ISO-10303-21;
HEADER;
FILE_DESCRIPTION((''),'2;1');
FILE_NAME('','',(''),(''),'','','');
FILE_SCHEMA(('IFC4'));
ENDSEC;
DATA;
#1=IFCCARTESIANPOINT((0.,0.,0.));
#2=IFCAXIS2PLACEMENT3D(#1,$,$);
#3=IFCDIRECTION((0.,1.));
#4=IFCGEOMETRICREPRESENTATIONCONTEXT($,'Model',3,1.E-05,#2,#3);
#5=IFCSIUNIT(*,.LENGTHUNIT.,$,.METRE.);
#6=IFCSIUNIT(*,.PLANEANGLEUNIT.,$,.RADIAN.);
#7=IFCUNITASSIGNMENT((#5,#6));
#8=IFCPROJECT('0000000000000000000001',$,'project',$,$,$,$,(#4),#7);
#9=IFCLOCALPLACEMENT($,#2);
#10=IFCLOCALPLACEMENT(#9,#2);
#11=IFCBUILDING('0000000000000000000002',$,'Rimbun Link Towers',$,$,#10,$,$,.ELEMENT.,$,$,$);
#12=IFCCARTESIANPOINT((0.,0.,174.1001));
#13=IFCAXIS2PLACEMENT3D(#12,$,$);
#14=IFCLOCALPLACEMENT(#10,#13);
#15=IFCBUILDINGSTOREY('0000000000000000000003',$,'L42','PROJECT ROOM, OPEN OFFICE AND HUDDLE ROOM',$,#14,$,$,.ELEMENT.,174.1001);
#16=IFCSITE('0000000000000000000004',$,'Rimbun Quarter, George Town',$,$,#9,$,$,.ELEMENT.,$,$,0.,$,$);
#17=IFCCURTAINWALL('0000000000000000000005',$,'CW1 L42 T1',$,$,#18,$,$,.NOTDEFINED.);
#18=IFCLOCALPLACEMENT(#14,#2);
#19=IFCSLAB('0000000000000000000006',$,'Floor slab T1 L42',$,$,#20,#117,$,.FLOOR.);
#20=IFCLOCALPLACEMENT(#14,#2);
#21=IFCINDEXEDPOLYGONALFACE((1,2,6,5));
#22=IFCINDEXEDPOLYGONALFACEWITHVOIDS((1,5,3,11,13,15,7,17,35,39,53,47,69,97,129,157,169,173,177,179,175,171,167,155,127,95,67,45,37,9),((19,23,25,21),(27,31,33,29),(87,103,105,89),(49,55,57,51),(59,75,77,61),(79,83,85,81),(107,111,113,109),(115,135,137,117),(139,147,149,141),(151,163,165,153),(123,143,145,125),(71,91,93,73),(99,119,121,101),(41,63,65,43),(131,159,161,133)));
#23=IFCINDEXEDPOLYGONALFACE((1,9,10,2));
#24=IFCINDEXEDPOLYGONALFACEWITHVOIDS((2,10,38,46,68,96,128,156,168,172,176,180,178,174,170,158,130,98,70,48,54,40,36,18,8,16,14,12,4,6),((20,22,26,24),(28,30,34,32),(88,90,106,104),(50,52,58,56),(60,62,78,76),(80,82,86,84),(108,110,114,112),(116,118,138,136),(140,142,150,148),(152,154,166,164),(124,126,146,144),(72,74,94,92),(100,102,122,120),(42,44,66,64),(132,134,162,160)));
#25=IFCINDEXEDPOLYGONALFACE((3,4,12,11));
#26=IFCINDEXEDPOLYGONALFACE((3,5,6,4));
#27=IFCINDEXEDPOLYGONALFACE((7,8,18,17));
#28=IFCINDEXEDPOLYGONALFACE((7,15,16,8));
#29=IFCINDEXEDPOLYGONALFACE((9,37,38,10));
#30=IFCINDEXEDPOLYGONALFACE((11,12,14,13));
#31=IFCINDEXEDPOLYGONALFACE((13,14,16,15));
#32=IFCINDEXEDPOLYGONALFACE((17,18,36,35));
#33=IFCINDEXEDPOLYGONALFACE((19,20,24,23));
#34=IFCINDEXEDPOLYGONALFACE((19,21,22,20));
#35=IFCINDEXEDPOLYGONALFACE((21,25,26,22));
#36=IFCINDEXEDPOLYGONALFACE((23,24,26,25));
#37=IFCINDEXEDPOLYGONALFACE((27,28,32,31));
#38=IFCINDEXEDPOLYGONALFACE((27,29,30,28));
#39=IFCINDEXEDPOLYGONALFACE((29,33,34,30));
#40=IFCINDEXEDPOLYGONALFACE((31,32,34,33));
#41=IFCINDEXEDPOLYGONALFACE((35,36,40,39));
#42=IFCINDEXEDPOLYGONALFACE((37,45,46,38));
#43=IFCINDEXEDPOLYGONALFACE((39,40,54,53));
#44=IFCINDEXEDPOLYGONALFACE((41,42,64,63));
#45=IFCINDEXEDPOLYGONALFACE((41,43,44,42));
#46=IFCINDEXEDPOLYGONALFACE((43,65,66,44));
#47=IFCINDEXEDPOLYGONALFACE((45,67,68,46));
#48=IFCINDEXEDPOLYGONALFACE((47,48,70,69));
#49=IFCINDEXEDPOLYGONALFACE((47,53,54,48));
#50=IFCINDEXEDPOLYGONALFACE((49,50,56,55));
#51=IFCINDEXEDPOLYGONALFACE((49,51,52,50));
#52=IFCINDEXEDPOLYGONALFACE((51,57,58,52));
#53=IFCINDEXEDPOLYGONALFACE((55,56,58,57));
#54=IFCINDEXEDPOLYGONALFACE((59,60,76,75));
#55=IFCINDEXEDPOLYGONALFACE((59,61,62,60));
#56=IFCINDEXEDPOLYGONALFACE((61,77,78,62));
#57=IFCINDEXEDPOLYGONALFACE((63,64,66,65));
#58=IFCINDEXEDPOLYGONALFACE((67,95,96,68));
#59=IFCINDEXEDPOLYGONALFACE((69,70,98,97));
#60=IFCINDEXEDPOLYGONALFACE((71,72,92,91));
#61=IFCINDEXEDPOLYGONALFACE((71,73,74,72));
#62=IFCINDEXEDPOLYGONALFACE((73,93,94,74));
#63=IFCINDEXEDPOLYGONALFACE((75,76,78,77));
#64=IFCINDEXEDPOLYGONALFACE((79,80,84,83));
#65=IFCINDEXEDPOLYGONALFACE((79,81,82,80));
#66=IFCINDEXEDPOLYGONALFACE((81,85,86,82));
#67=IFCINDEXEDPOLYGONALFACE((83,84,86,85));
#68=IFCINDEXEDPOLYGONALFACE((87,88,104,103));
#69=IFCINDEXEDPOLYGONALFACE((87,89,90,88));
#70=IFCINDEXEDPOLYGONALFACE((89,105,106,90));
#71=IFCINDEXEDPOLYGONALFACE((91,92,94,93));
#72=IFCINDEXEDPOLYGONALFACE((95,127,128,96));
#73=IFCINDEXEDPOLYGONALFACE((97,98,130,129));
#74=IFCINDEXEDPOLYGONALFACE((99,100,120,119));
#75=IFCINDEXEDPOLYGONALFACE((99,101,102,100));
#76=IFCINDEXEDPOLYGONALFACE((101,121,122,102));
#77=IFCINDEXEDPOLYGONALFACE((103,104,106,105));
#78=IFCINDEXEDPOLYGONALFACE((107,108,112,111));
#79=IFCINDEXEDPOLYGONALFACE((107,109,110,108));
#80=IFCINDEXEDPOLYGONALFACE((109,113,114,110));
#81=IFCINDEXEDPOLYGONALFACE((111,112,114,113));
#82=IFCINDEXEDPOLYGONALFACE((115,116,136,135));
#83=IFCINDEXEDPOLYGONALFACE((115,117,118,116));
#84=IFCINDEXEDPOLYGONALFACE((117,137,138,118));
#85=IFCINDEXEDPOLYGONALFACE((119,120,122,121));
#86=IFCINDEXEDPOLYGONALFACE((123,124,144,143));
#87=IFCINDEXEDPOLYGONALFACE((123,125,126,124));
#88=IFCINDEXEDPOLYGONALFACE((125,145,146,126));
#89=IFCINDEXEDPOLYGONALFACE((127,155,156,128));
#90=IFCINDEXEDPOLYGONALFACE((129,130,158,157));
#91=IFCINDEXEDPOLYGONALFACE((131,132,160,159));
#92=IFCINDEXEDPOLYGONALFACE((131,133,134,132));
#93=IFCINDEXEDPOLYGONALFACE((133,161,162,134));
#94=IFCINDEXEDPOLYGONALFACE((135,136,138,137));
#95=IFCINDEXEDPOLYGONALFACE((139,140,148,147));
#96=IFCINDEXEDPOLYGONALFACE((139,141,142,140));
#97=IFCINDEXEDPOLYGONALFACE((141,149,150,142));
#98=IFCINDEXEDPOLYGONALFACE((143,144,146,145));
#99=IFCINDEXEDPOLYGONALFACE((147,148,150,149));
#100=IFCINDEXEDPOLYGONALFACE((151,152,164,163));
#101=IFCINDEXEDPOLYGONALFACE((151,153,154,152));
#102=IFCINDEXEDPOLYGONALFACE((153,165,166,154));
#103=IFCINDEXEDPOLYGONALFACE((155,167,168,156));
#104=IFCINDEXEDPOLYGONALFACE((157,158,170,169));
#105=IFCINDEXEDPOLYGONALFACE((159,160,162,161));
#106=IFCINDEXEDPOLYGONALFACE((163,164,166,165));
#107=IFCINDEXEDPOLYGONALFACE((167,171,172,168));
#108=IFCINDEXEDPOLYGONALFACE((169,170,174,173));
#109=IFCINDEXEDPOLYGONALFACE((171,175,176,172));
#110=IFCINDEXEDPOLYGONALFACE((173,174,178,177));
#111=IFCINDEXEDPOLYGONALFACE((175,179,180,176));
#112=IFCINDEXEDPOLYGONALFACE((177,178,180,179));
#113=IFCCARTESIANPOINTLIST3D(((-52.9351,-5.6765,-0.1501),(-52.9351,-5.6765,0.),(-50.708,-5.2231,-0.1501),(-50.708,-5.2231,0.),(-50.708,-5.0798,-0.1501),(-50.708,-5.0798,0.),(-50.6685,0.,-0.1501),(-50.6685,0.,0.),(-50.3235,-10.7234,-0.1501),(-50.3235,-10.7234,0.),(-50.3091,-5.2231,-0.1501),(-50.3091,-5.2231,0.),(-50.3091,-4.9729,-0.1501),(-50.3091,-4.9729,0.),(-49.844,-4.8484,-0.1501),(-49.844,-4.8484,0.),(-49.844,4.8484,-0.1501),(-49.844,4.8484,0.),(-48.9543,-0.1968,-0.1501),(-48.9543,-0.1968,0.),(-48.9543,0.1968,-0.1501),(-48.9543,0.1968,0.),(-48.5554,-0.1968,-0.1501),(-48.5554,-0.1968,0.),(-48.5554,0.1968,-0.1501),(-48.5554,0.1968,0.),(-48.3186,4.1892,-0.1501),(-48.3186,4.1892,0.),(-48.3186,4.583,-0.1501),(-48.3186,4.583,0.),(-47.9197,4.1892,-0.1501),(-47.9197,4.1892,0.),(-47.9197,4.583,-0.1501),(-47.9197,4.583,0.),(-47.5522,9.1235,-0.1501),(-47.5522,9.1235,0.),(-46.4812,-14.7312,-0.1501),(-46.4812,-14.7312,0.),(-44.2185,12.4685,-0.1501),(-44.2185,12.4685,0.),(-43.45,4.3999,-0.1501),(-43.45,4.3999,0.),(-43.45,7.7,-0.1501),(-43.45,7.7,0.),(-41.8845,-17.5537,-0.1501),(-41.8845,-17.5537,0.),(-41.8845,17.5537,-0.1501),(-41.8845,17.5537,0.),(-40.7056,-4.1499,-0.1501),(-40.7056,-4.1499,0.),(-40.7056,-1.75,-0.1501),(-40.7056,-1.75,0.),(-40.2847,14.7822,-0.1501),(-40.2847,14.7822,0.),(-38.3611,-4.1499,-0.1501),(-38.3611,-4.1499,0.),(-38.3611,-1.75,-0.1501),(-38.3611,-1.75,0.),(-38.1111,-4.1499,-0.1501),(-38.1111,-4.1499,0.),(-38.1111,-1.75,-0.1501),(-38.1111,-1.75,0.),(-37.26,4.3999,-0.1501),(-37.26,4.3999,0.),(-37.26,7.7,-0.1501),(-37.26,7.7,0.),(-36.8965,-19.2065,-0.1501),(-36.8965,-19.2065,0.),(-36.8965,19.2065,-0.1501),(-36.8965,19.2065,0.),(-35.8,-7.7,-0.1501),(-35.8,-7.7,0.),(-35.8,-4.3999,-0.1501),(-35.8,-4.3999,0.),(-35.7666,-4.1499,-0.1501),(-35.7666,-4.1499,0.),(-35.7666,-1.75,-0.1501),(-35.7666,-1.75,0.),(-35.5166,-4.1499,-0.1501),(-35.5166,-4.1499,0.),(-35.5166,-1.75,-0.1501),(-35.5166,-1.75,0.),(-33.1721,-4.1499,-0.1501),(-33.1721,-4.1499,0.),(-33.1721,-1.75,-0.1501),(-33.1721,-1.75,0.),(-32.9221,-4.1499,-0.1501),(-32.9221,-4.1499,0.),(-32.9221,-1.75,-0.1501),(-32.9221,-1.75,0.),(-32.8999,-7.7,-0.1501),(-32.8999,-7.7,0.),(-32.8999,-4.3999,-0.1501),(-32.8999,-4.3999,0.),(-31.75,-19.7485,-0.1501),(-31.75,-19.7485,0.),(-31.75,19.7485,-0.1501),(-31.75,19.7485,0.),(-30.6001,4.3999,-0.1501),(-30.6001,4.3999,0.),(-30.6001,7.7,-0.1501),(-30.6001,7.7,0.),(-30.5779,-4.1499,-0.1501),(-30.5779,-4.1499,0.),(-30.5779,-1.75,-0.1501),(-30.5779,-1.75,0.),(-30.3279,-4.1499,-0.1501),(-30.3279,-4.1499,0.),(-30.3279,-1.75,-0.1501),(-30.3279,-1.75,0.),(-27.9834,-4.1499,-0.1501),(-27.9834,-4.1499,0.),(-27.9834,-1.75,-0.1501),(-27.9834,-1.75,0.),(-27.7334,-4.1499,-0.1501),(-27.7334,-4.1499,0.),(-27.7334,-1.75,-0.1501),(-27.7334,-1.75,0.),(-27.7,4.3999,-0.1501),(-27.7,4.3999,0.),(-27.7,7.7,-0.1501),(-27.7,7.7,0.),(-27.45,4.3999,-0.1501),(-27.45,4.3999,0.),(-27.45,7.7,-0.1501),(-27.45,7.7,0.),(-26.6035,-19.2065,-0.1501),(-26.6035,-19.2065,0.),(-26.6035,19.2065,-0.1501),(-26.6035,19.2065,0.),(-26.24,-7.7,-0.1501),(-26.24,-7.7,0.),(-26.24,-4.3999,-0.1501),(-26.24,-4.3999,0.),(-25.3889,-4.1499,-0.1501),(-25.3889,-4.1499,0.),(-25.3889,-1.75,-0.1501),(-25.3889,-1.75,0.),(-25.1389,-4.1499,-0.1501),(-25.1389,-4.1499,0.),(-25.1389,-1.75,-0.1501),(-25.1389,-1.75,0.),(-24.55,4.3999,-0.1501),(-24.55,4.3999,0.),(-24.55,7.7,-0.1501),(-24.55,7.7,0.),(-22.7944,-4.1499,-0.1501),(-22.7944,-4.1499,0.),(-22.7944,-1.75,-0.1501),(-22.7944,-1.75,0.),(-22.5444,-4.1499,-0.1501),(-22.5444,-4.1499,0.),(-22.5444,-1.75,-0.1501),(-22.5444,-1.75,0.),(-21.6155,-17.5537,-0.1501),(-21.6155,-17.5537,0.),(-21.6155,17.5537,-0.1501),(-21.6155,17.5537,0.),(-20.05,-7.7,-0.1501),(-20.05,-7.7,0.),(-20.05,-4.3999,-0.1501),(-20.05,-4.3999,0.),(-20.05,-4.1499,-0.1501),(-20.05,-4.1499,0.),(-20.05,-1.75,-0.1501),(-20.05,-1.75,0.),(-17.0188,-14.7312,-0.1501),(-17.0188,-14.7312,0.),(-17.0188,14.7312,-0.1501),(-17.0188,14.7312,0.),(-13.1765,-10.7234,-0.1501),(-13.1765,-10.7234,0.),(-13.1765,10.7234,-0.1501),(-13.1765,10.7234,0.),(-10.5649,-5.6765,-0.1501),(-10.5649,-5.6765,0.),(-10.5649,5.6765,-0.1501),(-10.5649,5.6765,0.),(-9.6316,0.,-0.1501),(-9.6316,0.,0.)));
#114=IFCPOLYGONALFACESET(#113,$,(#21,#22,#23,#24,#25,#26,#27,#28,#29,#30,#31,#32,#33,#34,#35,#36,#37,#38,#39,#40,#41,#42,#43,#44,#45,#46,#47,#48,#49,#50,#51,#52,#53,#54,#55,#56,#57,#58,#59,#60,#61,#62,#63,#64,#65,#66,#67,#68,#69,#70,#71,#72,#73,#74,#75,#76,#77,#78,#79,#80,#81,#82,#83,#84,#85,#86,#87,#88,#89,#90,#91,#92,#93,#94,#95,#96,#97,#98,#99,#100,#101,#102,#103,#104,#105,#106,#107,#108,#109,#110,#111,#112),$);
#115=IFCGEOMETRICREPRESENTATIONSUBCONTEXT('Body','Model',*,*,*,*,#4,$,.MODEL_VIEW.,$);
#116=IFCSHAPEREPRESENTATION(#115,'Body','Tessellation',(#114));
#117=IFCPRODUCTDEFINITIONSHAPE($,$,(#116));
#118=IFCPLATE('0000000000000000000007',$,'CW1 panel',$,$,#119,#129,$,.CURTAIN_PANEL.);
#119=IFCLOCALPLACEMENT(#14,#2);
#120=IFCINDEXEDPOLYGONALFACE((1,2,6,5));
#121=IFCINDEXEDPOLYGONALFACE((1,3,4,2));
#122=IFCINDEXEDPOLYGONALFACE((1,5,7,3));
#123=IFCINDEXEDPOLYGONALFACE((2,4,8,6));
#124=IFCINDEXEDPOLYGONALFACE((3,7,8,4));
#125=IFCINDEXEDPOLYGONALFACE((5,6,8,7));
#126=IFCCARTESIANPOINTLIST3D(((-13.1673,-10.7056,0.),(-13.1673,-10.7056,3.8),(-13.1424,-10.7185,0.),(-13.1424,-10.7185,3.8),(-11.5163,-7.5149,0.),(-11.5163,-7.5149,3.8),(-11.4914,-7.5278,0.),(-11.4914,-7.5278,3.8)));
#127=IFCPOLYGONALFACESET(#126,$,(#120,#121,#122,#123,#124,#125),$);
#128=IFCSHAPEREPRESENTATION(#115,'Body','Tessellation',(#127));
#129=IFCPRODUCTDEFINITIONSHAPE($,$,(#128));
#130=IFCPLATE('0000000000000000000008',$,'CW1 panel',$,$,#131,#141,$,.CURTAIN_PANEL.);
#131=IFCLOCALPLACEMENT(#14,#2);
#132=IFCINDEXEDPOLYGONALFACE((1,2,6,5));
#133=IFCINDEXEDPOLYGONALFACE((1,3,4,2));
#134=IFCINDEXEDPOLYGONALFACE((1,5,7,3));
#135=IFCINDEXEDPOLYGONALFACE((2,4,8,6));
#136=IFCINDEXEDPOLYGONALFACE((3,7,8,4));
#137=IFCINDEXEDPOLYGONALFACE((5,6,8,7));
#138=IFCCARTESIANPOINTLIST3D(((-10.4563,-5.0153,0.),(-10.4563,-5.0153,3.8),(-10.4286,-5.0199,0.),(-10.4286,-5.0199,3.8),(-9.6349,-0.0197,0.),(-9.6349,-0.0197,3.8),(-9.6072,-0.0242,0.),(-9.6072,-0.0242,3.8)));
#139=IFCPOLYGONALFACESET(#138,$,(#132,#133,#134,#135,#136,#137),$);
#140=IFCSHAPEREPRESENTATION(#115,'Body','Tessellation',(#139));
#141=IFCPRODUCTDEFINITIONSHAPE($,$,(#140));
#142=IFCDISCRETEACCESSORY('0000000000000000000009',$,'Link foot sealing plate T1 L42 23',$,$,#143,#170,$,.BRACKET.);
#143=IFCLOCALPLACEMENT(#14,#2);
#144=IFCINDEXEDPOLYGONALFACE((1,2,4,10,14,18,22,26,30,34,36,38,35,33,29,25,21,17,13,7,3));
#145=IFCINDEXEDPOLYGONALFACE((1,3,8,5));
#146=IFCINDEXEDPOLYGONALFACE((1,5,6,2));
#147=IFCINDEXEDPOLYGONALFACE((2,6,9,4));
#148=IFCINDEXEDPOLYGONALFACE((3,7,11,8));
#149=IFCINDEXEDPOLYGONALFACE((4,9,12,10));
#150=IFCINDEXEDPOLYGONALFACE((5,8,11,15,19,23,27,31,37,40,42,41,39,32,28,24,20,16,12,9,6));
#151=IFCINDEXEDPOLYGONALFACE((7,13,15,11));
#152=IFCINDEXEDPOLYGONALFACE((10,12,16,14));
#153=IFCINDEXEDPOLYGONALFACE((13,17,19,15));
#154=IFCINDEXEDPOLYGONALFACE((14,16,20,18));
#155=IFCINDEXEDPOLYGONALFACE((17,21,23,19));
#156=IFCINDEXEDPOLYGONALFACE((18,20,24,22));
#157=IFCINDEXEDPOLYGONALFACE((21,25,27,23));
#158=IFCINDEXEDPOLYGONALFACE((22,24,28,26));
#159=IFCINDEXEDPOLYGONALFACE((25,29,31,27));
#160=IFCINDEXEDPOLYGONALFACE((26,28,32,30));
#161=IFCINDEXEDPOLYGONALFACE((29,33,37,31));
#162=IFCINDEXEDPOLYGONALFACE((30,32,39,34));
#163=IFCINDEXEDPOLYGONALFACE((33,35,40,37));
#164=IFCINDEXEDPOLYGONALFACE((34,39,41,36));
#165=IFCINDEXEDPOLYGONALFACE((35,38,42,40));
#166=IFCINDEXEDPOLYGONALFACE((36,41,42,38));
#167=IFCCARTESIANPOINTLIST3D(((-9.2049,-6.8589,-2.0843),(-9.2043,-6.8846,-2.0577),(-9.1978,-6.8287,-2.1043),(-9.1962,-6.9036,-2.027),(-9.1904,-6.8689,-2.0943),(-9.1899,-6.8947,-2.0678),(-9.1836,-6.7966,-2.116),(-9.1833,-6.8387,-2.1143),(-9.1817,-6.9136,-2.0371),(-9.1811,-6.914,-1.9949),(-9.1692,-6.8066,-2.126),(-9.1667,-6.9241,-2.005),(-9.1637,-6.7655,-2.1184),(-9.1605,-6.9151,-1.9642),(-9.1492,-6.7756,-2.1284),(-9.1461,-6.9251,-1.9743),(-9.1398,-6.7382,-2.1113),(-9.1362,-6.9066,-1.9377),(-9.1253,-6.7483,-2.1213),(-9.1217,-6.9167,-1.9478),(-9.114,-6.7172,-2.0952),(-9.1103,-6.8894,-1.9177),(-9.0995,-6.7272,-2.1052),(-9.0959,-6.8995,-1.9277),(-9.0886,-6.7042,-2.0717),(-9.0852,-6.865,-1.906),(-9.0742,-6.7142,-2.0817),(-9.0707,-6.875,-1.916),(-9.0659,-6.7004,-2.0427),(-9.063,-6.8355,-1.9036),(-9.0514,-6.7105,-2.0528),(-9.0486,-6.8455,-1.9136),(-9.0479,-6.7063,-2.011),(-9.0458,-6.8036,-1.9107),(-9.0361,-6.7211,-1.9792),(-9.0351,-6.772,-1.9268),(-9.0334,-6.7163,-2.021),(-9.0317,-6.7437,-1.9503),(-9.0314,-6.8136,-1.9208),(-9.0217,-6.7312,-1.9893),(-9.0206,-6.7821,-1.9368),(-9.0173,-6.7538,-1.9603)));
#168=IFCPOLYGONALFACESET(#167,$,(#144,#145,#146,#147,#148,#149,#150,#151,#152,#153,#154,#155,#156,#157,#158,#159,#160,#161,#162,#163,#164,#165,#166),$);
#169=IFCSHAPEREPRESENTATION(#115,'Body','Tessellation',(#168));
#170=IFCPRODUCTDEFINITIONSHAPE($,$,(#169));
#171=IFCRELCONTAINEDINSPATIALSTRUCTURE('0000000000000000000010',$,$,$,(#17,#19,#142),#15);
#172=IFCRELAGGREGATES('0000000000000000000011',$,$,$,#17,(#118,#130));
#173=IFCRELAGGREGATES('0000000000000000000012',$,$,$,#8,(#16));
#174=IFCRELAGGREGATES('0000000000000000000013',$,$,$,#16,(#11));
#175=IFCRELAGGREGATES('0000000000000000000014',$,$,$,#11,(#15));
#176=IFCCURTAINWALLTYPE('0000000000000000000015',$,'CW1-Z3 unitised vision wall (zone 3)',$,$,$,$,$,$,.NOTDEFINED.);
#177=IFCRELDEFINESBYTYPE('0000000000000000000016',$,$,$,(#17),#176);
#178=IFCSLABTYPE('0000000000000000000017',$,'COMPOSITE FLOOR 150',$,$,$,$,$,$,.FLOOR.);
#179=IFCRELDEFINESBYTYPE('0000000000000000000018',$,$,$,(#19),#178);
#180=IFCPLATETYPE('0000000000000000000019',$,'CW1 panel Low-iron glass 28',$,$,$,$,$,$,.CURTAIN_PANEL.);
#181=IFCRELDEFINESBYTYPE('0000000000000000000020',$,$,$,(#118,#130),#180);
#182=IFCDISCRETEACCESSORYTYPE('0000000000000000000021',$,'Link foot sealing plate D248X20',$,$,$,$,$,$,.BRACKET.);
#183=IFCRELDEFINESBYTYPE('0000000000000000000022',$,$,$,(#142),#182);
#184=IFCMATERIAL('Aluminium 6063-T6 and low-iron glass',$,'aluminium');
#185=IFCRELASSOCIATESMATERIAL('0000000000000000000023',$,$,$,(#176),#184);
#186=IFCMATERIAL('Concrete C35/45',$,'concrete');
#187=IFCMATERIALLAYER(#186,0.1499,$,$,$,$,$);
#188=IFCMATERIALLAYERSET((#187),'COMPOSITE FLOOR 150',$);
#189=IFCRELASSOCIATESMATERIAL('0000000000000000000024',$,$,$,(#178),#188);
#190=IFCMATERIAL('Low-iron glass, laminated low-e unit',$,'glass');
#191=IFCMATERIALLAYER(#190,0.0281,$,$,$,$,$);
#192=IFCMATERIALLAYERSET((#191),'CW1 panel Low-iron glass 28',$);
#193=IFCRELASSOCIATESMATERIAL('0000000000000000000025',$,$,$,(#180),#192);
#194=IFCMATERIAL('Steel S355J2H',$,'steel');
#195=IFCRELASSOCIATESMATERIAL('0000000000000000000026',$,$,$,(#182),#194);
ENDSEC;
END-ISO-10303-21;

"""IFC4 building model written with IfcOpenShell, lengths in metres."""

from ifc_helpers import new_model, si_unit, direction, frame, origin, origin_2d, place, context, subcontext, project, spatial, polyline, rectangle, circle, outline, extrude, material, layer, layer_set, material_profile, profile_set, type_object, element, aggregate, save


model = new_model("IFC4")

# Units and contexts
model_context = context("Model", 3, precision=1e-05, world=origin(), true_north=direction((0.0, 1.0)))
body_context = subcontext(model_context, "Body", "Model", "MODEL_VIEW")
ifc_project = project(units=[si_unit("LENGTHUNIT", "METRE"), si_unit("PLANEANGLEUNIT", "RADIAN")], contexts=[model_context])

# Site, building, storey
site_placement = place(None, origin())
site = spatial("IfcSite", under=ifc_project, at=site_placement, Name="Rimbun Quarter, George Town", CompositionType="ELEMENT", RefElevation=0.0)
building_placement = place(site_placement, origin())
building = spatial("IfcBuilding", under=site, at=building_placement, Name="Rimbun Link Towers", CompositionType="ELEMENT")
storey_placement = place(building_placement, frame((0.0, 0.0, 174.1001)))
storey = spatial("IfcBuildingStorey", under=building, at=storey_placement, Name="L42", Description="PROJECT ROOM, OPEN OFFICE AND HUDDLE ROOM", CompositionType="ELEMENT", Elevation=174.1001)

# Curtain wall
ifc_material_1 = material(Name="Aluminium 6063-T6 and low-iron glass", Category="aluminium")
curtain_wall_type = type_object("IfcCurtainWallType", Name="CW1-Z3 unitised vision wall (zone 3)", PredefinedType="NOTDEFINED", material=ifc_material_1)
curtain_wall_placement = place(storey_placement, origin())
curtain_wall = element("IfcCurtainWall", 1, at=curtain_wall_placement, inside=storey, type_object=curtain_wall_type, Name="CW1 L42 T1", PredefinedType="NOTDEFINED")

# Slab
ifc_material_2 = material(Name="Concrete C35/45", Category="concrete")
ifc_layer_1 = layer(ifc_material_2, 0.1499)
ifc_layer_set_1 = layer_set([ifc_layer_1], Name="COMPOSITE FLOOR 150")
slab_type = type_object("IfcSlabType", Name="COMPOSITE FLOOR 150", PredefinedType="FLOOR", material=ifc_layer_set_1)
slab_placement = place(storey_placement, frame((0.0, 0.0, -0.1501)))
element("IfcSlab", 2, at=slab_placement, inside=storey, type_object=slab_type, Name="Floor slab T1 L42", PredefinedType="FLOOR", context=body_context, shape_type="SweptSolid", body=[
    extrude(outline(polyline([(-49.844, -4.8484), (-50.6685, 0.0), (-49.844, 4.8484), (-47.5522, 9.1235), (-44.2185, 12.4685), (-40.2847, 14.7822), (-41.8845, 17.5537), (-36.8965, 19.2065), (-31.75, 19.7485), (-26.6035, 19.2065), (-21.6155, 17.5537), (-17.0188, 14.7312), (-13.1765, 10.7234), (-10.5649, 5.6765), (-9.6316, 0.0), (-10.5649, -5.6765), (-13.1765, -10.7234), (-17.0188, -14.7312), (-21.6155, -17.5537), (-26.6035, -19.2065), (-31.75, -19.7485), (-36.8965, -19.2065), (-41.8845, -17.5537), (-46.4812, -14.7312), (-50.3235, -10.7234), (-52.9351, -5.6765), (-50.708, -5.0798), (-50.708, -5.2231), (-50.3091, -5.2231), (-50.3091, -4.9729), (-49.844, -4.8484)]), holes=[polyline([(-32.8999, -7.7), (-32.8999, -4.3999), (-35.8, -4.3999), (-35.8, -7.7), (-32.8999, -7.7)]), polyline([(-38.3611, -4.1499), (-38.3611, -1.75), (-40.7056, -1.75), (-40.7056, -4.1499), (-38.3611, -4.1499)]), polyline([(-35.7666, -4.1499), (-35.7666, -1.75), (-38.1111, -1.75), (-38.1111, -4.1499), (-35.7666, -4.1499)]), polyline([(-33.1721, -4.1499), (-33.1721, -1.75), (-35.5166, -1.75), (-35.5166, -4.1499), (-33.1721, -4.1499)]), polyline([(-48.5554, -0.1968), (-48.5554, 0.1968), (-48.9543, 0.1968), (-48.9543, -0.1968), (-48.5554, -0.1968)]), polyline([(-47.9197, 4.1892), (-47.9197, 4.583), (-48.3186, 4.583), (-48.3186, 4.1892), (-47.9197, 4.1892)]), polyline([(-37.26, 4.3999), (-37.26, 7.7), (-43.45, 7.7), (-43.45, 4.3999), (-37.26, 4.3999)]), polyline([(-20.05, -7.7), (-20.05, -4.3999), (-26.24, -4.3999), (-26.24, -7.7), (-20.05, -7.7)]), polyline([(-30.5779, -4.1499), (-30.5779, -1.75), (-32.9221, -1.75), (-32.9221, -4.1499), (-30.5779, -4.1499)]), polyline([(-27.9834, -4.1499), (-27.9834, -1.75), (-30.3279, -1.75), (-30.3279, -4.1499), (-27.9834, -4.1499)]), polyline([(-25.3889, -4.1499), (-25.3889, -1.75), (-27.7334, -1.75), (-27.7334, -4.1499), (-25.3889, -4.1499)]), polyline([(-22.7944, -4.1499), (-22.7944, -1.75), (-25.1389, -1.75), (-25.1389, -4.1499), (-22.7944, -4.1499)]), polyline([(-20.05, -4.1499), (-20.05, -1.75), (-22.5444, -1.75), (-22.5444, -4.1499), (-20.05, -4.1499)]), polyline([(-27.7, 4.3999), (-27.7, 7.7), (-30.6001, 7.7), (-30.6001, 4.3999), (-27.7, 4.3999)]), polyline([(-24.55, 4.3999), (-24.55, 7.7), (-27.45, 7.7), (-27.45, 4.3999), (-24.55, 4.3999)])]), origin(), (0.0, 0.0, 1.0), 0.1501),
])

# Plates
ifc_material_3 = material(Name="Low-iron glass, laminated low-e unit", Category="glass")
ifc_layer_2 = layer(ifc_material_3, 0.0281)
ifc_layer_set_2 = layer_set([ifc_layer_2], Name="CW1 panel Low-iron glass 28")
plate_type = type_object("IfcPlateType", Name="CW1 panel Low-iron glass 28", PredefinedType="CURTAIN_PANEL", material=ifc_layer_set_2)
plate_1_placement = place(storey_placement, frame((-12.3293, -9.1167, 0.0), z_axis=(0.0, 0.0, 1.0), x_axis=(-0.459559, -0.888147, 0.0)))
plate_1 = element("IfcPlate", 3, at=plate_1_placement, type_object=plate_type, Name="CW1 panel", PredefinedType="CURTAIN_PANEL", context=body_context, shape_type="SweptSolid", body=[
    extrude(rectangle(XDim=3.5925, YDim=0.0281, at=origin_2d()), origin(), (0.0, 0.0, 1.0), 3.8),
])
plate_2_placement = place(storey_placement, frame((-10.0317, -2.5198, 0.0), z_axis=(0.0, 0.0, 1.0), x_axis=(-0.162253, -0.986749, 0.0)))
plate_2 = element("IfcPlate", 4, at=plate_2_placement, type_object=plate_type, Name="CW1 panel", PredefinedType="CURTAIN_PANEL", context=body_context, shape_type="SweptSolid", body=[
    extrude(rectangle(XDim=5.0627, YDim=0.0281, at=origin_2d()), origin(), (0.0, 0.0, 1.0), 3.8),
])
aggregate(curtain_wall, [plate_1, plate_2])

# Discrete accessory
ifc_material_4 = material(Name="Steel S355J2H", Category="steel")
ifc_material_profile_1 = material_profile(ifc_material_4, circle(Radius=0.124, at=origin_2d()), Name="PL D248")
ifc_profile_set_1 = profile_set([ifc_material_profile_1], Name="Steel S355J2H")
discrete_accessory_type_1 = type_object("IfcDiscreteAccessoryType", Name="Link foot sealing plate D248X20", PredefinedType="BRACKET", material=ifc_profile_set_1)
discrete_accessory_1_placement = place(storey_placement, frame((-9.1187, -6.8081, -2.011), z_axis=(0.713229, -0.495633, -0.495633), x_axis=(0.570657, 0.821189, 0.0)))
element("IfcDiscreteAccessory", 5, at=discrete_accessory_1_placement, inside=storey, type_object=discrete_accessory_type_1, Name="Link foot sealing plate T1 L42 23", PredefinedType="BRACKET", context=body_context, shape_type="SweptSolid", body=[
    extrude(circle(Radius=0.124, at=origin_2d()), origin(), (0.0, 0.0, 1.0), 0.0203),
])

save(model, "model.ifc")
